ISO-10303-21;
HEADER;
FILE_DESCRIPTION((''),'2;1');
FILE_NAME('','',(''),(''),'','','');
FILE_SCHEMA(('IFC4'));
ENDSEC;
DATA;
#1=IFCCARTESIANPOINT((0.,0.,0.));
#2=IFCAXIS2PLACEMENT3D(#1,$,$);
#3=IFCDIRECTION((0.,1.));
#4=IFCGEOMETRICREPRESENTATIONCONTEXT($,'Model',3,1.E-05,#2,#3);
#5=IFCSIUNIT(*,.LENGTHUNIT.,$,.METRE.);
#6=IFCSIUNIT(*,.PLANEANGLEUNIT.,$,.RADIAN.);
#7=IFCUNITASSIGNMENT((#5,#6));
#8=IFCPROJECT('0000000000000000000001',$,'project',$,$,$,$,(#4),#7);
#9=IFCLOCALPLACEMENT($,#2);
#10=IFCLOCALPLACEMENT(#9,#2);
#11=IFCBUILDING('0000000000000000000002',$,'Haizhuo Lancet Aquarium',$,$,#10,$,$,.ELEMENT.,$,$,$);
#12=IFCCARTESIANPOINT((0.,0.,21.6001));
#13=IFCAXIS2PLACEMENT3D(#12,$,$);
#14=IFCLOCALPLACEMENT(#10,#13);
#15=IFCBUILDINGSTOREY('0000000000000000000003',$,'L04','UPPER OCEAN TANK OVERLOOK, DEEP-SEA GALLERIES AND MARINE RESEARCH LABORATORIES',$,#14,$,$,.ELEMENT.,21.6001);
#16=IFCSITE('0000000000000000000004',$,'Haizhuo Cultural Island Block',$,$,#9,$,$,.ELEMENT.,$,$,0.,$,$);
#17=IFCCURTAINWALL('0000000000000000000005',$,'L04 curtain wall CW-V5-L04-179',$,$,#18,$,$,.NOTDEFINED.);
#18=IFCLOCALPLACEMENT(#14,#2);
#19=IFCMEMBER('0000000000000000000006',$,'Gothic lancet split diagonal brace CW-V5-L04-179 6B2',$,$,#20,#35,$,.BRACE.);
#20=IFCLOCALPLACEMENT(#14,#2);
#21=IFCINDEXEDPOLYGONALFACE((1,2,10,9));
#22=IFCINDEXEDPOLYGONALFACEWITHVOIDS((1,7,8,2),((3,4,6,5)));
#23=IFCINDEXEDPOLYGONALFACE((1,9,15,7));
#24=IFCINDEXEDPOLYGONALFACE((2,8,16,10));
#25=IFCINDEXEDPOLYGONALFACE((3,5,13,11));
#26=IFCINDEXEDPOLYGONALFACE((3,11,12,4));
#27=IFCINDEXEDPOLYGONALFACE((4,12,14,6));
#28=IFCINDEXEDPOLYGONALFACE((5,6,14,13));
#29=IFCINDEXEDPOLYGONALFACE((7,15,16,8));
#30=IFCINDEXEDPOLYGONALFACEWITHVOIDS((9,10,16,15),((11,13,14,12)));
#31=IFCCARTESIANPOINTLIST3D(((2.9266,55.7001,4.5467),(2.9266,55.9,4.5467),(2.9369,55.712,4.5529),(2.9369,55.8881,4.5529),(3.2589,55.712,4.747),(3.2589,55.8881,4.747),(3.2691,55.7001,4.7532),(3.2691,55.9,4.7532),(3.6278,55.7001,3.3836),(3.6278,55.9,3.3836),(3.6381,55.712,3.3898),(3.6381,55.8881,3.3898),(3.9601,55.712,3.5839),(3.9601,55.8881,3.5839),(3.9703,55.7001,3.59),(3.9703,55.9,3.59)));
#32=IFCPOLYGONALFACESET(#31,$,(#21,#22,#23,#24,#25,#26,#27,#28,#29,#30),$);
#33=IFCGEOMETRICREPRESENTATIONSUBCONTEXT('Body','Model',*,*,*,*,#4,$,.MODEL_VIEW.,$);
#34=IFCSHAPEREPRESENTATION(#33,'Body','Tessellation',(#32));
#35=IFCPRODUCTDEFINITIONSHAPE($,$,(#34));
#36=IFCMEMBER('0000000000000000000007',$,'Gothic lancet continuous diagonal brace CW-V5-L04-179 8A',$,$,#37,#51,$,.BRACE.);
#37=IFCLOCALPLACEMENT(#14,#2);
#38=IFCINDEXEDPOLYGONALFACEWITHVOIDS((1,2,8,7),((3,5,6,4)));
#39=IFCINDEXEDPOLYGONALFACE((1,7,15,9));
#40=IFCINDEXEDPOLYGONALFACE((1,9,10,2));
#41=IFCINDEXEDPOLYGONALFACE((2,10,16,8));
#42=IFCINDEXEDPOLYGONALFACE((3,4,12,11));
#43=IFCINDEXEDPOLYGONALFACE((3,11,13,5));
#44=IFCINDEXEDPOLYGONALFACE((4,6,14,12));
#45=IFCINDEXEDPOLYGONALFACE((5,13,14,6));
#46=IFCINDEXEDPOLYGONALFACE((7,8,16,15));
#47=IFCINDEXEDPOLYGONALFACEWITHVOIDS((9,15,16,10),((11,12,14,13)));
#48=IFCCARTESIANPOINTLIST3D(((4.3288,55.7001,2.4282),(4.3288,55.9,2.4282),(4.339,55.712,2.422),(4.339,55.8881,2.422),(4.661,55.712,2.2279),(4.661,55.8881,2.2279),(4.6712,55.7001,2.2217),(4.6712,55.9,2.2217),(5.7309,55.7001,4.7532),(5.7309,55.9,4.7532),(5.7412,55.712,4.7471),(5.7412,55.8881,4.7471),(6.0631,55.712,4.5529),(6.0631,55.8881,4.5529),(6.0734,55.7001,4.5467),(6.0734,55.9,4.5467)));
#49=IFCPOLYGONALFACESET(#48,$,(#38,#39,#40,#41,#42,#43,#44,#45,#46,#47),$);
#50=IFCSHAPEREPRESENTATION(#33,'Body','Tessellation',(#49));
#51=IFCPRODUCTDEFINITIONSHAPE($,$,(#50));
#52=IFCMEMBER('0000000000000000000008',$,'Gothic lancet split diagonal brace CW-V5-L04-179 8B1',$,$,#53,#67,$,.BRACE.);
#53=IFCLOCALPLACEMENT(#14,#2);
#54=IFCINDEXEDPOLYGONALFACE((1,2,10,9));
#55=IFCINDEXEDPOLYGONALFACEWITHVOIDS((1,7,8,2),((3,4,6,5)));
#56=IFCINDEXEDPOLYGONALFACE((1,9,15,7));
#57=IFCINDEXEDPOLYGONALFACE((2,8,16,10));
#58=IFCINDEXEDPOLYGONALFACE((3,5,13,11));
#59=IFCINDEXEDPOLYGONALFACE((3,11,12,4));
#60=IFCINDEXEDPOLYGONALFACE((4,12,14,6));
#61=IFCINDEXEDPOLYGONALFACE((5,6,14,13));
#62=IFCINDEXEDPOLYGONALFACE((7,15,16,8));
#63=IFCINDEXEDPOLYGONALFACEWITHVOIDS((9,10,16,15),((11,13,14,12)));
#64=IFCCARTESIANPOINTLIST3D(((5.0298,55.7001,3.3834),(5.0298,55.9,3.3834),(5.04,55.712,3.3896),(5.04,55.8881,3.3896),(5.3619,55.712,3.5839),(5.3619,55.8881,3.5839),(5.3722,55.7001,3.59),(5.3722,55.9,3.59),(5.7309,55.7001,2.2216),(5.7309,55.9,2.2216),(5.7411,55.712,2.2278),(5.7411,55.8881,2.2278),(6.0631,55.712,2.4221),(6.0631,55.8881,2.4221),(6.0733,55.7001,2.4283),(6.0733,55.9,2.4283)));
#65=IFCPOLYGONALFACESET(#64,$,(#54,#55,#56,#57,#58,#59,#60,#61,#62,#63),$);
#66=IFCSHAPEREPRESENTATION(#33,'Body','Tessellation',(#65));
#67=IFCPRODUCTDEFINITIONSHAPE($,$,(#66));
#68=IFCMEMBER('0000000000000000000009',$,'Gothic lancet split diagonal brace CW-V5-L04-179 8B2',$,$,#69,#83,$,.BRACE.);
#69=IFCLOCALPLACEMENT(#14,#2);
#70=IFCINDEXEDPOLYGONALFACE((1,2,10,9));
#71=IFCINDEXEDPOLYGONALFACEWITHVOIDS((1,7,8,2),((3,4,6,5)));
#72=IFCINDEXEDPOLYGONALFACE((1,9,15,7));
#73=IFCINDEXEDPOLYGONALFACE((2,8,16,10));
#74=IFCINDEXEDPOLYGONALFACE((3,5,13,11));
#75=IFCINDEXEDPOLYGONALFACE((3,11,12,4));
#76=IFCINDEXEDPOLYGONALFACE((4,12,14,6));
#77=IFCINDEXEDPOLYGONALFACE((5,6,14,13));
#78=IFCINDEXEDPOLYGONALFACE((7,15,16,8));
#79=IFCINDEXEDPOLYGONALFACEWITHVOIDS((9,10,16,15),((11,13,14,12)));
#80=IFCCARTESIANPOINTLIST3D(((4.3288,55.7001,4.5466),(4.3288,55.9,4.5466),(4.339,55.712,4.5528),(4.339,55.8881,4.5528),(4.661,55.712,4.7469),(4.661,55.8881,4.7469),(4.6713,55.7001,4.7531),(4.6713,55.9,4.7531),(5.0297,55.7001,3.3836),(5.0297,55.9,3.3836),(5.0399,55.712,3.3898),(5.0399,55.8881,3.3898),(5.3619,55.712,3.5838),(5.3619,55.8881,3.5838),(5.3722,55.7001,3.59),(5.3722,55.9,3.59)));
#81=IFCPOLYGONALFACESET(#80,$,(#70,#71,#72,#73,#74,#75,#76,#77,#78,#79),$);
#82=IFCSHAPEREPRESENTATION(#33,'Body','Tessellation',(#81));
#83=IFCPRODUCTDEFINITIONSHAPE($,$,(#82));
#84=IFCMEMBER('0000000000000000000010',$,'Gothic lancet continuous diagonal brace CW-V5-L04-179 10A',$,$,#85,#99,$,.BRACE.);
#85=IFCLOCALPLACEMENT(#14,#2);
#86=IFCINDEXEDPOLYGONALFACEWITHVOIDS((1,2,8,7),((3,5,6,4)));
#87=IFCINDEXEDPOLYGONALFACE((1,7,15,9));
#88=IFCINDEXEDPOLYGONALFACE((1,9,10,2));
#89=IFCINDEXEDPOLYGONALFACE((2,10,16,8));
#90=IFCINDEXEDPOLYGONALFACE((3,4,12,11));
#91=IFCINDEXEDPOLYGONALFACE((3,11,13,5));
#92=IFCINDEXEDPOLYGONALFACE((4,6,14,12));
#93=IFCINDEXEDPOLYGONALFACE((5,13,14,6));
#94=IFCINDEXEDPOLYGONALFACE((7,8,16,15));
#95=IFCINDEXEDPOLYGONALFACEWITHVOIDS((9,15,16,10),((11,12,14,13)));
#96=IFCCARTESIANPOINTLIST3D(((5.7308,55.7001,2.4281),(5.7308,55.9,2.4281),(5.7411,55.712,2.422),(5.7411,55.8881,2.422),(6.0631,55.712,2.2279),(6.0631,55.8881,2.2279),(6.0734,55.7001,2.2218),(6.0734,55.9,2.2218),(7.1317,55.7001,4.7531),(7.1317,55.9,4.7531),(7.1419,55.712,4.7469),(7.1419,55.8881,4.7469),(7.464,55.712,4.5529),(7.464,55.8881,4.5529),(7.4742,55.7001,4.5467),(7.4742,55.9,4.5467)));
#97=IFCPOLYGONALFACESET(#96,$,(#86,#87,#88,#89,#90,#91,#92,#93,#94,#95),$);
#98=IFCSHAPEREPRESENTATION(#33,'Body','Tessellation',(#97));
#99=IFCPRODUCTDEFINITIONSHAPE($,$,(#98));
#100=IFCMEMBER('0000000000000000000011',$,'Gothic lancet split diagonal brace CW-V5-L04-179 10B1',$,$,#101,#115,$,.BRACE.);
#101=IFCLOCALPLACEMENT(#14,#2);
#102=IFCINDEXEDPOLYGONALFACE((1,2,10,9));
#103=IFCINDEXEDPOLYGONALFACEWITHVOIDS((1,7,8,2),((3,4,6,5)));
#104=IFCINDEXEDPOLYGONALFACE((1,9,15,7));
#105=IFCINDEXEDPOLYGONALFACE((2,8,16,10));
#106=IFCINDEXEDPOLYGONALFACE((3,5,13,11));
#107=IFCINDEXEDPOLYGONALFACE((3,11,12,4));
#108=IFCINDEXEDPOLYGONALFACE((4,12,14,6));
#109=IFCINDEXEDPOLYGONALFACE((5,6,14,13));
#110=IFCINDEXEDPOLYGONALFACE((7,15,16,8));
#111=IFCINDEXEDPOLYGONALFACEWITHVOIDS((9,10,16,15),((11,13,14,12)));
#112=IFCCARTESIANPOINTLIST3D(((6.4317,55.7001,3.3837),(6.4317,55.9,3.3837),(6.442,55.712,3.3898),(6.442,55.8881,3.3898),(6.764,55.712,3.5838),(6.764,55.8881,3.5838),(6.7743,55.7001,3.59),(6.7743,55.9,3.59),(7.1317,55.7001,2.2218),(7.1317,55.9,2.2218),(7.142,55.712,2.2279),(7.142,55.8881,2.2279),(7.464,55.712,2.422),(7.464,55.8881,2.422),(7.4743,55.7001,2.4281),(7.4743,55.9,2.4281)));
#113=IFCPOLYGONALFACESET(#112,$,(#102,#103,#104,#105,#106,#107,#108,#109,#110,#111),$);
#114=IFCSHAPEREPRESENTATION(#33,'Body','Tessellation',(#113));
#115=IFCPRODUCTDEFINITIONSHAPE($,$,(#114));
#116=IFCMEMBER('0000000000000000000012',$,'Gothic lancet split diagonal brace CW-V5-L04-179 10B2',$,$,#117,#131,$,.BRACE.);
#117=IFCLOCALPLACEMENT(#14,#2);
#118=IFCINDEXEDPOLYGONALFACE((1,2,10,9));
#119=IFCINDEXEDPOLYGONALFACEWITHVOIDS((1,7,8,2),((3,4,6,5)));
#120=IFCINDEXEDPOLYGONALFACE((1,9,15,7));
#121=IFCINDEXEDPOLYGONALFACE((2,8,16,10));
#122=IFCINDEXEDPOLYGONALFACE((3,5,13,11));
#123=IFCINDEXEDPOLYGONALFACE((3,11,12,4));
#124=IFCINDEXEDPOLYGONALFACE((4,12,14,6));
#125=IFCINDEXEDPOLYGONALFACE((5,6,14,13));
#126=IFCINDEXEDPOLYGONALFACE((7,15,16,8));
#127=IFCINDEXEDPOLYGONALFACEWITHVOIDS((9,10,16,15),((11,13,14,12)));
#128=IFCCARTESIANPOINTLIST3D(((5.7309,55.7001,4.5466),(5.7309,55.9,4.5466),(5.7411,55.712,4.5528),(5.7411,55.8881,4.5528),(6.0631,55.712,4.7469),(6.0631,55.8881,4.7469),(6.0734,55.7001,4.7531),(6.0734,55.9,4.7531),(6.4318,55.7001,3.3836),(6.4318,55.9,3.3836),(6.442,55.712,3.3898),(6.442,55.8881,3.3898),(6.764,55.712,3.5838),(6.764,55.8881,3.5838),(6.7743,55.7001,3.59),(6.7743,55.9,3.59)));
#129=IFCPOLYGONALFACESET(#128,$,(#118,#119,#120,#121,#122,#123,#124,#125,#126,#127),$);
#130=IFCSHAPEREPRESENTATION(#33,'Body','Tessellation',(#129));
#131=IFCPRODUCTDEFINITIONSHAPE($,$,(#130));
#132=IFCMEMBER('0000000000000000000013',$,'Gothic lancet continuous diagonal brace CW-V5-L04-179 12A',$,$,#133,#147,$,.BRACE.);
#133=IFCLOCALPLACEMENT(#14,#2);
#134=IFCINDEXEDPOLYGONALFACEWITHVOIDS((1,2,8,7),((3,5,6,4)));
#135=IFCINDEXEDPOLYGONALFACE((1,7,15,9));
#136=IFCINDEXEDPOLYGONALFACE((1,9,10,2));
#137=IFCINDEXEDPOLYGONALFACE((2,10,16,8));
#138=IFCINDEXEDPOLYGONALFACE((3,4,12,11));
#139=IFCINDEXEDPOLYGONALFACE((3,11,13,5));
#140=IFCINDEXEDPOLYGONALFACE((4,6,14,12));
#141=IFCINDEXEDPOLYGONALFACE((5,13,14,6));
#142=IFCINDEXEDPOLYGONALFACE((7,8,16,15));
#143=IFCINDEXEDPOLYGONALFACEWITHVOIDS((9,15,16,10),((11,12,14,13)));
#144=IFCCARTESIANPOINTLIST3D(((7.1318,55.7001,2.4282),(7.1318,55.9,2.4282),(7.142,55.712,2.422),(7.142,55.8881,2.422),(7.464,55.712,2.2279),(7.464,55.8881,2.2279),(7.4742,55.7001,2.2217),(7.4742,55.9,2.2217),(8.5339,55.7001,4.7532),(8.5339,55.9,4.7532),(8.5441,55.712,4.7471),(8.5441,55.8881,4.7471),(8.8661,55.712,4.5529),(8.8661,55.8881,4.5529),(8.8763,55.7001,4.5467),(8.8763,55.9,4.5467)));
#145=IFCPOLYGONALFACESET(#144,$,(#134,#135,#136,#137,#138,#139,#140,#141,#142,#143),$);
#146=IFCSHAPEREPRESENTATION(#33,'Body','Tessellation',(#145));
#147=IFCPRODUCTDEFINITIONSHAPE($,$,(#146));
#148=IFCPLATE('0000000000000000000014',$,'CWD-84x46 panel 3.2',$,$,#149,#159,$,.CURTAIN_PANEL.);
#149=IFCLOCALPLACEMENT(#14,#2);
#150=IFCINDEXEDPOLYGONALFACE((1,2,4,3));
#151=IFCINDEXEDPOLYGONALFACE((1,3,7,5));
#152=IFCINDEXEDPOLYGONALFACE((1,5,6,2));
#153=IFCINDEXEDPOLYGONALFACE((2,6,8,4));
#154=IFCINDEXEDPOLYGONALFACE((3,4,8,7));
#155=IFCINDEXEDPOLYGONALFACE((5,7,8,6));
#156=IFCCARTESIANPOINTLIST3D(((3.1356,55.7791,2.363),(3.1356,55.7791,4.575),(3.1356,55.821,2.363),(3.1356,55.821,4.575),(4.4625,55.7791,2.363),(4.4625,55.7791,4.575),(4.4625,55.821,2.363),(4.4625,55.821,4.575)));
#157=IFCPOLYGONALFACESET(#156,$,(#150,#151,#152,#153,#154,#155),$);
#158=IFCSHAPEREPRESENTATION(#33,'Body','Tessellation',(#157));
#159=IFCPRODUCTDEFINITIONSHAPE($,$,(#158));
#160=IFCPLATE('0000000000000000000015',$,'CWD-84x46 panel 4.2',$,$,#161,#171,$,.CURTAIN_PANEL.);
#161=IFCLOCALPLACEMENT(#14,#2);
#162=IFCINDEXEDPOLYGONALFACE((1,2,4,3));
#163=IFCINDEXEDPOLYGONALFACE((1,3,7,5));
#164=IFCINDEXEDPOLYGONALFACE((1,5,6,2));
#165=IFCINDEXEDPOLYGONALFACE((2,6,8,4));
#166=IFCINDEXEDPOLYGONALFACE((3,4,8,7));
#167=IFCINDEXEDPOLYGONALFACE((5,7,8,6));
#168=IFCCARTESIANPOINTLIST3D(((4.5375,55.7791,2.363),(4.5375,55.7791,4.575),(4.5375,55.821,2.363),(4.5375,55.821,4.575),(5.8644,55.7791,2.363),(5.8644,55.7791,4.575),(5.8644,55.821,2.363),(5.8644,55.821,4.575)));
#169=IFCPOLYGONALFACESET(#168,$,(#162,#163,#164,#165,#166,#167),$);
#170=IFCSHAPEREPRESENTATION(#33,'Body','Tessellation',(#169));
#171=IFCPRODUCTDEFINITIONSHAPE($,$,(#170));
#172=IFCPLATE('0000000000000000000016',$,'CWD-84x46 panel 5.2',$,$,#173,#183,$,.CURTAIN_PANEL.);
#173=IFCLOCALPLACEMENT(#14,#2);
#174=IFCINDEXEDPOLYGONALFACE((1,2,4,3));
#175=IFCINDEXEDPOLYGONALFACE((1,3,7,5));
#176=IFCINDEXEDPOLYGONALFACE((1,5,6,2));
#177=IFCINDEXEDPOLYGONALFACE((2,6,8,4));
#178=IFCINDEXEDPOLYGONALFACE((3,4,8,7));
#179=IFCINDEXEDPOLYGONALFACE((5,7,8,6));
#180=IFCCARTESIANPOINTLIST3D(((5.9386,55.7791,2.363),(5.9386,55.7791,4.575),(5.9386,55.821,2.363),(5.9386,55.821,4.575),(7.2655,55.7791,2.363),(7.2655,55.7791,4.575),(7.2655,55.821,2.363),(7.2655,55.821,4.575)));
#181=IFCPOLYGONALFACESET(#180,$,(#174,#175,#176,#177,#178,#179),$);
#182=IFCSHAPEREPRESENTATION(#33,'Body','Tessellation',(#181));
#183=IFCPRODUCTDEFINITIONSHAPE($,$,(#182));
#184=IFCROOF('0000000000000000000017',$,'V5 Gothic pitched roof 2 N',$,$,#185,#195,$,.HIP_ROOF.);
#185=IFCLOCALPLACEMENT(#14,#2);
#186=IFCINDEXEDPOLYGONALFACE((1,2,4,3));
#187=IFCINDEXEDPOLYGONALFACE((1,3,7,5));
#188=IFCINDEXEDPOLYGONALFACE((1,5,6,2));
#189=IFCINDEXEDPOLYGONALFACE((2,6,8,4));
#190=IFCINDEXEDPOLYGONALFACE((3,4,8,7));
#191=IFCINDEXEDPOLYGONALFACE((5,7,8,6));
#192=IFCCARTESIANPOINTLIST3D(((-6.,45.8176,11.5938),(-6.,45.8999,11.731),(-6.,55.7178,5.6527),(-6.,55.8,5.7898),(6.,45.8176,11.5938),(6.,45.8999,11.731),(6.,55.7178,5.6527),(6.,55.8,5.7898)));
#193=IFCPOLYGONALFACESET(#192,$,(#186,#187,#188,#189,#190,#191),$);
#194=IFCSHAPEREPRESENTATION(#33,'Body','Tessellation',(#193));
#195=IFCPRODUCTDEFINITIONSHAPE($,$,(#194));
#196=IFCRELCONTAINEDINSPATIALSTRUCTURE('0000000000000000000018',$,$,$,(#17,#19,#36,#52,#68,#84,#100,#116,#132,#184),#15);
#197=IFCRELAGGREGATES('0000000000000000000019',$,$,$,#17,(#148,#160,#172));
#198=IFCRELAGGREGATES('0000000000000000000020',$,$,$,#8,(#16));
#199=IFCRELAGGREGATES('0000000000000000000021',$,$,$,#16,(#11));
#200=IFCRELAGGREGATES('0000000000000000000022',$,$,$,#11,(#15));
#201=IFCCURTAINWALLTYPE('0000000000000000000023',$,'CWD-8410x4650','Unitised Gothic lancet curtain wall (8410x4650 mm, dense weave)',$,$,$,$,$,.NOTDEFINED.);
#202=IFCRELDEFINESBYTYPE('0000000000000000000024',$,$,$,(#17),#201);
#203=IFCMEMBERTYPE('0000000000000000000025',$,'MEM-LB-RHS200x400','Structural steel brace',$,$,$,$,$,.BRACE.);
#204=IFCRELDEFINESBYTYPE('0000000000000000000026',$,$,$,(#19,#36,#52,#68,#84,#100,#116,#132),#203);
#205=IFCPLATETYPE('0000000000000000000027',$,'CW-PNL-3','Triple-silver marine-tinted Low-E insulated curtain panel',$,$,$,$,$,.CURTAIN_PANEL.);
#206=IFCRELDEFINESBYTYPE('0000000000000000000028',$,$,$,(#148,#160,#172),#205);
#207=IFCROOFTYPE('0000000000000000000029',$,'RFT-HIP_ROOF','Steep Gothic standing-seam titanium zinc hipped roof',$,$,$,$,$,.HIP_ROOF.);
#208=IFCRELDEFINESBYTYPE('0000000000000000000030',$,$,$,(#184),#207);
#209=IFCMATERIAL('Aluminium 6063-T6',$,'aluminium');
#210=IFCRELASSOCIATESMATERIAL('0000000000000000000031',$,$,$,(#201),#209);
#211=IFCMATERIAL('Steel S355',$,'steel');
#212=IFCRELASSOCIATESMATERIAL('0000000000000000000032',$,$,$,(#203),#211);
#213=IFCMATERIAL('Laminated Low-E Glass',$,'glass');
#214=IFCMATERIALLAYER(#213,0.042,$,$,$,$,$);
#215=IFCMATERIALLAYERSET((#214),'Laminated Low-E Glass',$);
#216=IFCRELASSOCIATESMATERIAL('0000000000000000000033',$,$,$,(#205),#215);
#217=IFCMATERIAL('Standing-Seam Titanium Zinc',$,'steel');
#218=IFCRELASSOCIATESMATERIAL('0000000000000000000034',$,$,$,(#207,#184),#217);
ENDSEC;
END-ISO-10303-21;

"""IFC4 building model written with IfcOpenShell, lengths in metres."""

from ifc_helpers import new_model, si_unit, direction, frame, origin, origin_2d, place, context, subcontext, project, spatial, polyline, rectangle, hollow_rectangle, outline, extrude, material, layer, layer_set, material_profile, profile_set, type_object, element, aggregate, save


model = new_model("IFC4")

# Units and contexts
model_context = context("Model", 3, precision=1e-05, world=origin(), true_north=direction((0.0, 1.0)))
body_context = subcontext(model_context, "Body", "Model", "MODEL_VIEW")
ifc_project = project(units=[si_unit("LENGTHUNIT", "METRE"), si_unit("PLANEANGLEUNIT", "RADIAN")], contexts=[model_context])

# Site, building, storey
site_placement = place(None, origin())
site = spatial("IfcSite", under=ifc_project, at=site_placement, Name="Haizhuo Cultural Island Block", CompositionType="ELEMENT", RefElevation=0.0)
building_placement = place(site_placement, origin())
building = spatial("IfcBuilding", under=site, at=building_placement, Name="Haizhuo Lancet Aquarium", CompositionType="ELEMENT")
storey_placement = place(building_placement, frame((0.0, 0.0, 21.6001)))
storey = spatial("IfcBuildingStorey", under=building, at=storey_placement, Name="L04", Description="UPPER OCEAN TANK OVERLOOK, DEEP-SEA GALLERIES AND MARINE RESEARCH LABORATORIES", CompositionType="ELEMENT", Elevation=21.6001)

# Curtain wall
ifc_material_1 = material(Name="Aluminium 6063-T6", Category="aluminium")
curtain_wall_type = type_object("IfcCurtainWallType", Name="CWD-8410x4650", Description="Unitised Gothic lancet curtain wall (8410x4650 mm, dense weave)", PredefinedType="NOTDEFINED", material=ifc_material_1)
curtain_wall_placement = place(storey_placement, origin())
curtain_wall = element("IfcCurtainWall", 1, at=curtain_wall_placement, inside=storey, type_object=curtain_wall_type, Name="L04 curtain wall CW-V5-L04-179", PredefinedType="NOTDEFINED")

# Members
ifc_material_2 = material(Name="Steel S355", Category="steel")
ifc_material_profile_1 = material_profile(ifc_material_2, hollow_rectangle(XDim=0.2, YDim=0.3999, WallThickness=0.012, at=origin_2d()), Name="RHS 200x400x12")
ifc_profile_set_1 = profile_set([ifc_material_profile_1], Name="Steel S355")
member_type_1 = type_object("IfcMemberType", Name="MEM-LB-RHS200x400", Description="Structural steel brace", PredefinedType="BRACE", material=ifc_profile_set_1)
member_1_placement = place(storey_placement, frame((3.7991, 55.8, 3.4868), z_axis=(-0.516292, 0.0, 0.856412), x_axis=(0.0, -1.0, 0.0)))
element("IfcMember", 2, at=member_1_placement, inside=storey, type_object=member_type_1, Name="Gothic lancet split diagonal brace CW-V5-L04-179 6B2", PredefinedType="BRACE", context=body_context, shape_type="SweptSolid", body=[
    extrude(hollow_rectangle(XDim=0.2, YDim=0.3999, WallThickness=0.012, at=origin_2d()), origin(), (0.0, 0.0, 1.0), 1.3582),
])
member_2_placement = place(storey_placement, frame((4.5, 55.8, 2.325), z_axis=(0.516425, 0.0, 0.856332), x_axis=(0.0, 1.0, 0.0)))
element("IfcMember", 3, at=member_2_placement, inside=storey, type_object=member_type_1, Name="Gothic lancet continuous diagonal brace CW-V5-L04-179 8A", PredefinedType="BRACE", context=body_context, shape_type="SweptSolid", body=[
    extrude(hollow_rectangle(XDim=0.2, YDim=0.3999, WallThickness=0.012, at=origin_2d()), origin(), (0.0, 0.0, 1.0), 2.7151),
])
member_3_placement = place(storey_placement, frame((5.9021, 55.8, 2.325), z_axis=(-0.51669, 0.0, 0.856173), x_axis=(0.0, -1.0, 0.0)))
element("IfcMember", 4, at=member_3_placement, inside=storey, type_object=member_type_1, Name="Gothic lancet split diagonal brace CW-V5-L04-179 8B1", PredefinedType="BRACE", context=body_context, shape_type="SweptSolid", body=[
    extrude(hollow_rectangle(XDim=0.2, YDim=0.3999, WallThickness=0.012, at=origin_2d()), origin(), (0.0, 0.0, 1.0), 1.3569),
])
member_4_placement = place(storey_placement, frame((5.2009, 55.8, 3.4868), z_axis=(-0.51616, 0.0, 0.856492), x_axis=(0.0, -1.0, 0.0)))
element("IfcMember", 5, at=member_4_placement, inside=storey, type_object=member_type_1, Name="Gothic lancet split diagonal brace CW-V5-L04-179 8B2", PredefinedType="BRACE", context=body_context, shape_type="SweptSolid", body=[
    extrude(hollow_rectangle(XDim=0.2, YDim=0.3999, WallThickness=0.012, at=origin_2d()), origin(), (0.0, 0.0, 1.0), 1.3579),
])
member_5_placement = place(storey_placement, frame((5.9021, 55.8, 2.325), z_axis=(0.516095, 0.0, 0.856531), x_axis=(0.0, 1.0, 0.0)))
element("IfcMember", 6, at=member_5_placement, inside=storey, type_object=member_type_1, Name="Gothic lancet continuous diagonal brace CW-V5-L04-179 10A", PredefinedType="BRACE", context=body_context, shape_type="SweptSolid", body=[
    extrude(hollow_rectangle(XDim=0.2, YDim=0.3999, WallThickness=0.012, at=origin_2d()), origin(), (0.0, 0.0, 1.0), 2.7144),
])
member_6_placement = place(storey_placement, frame((7.303, 55.8, 2.325), z_axis=(-0.51603, 0.0, 0.85657), x_axis=(0.0, -1.0, 0.0)))
element("IfcMember", 7, at=member_6_placement, inside=storey, type_object=member_type_1, Name="Gothic lancet split diagonal brace CW-V5-L04-179 10B1", PredefinedType="BRACE", context=body_context, shape_type="SweptSolid", body=[
    extrude(hollow_rectangle(XDim=0.2, YDim=0.3999, WallThickness=0.012, at=origin_2d()), origin(), (0.0, 0.0, 1.0), 1.3564),
])
member_7_placement = place(storey_placement, frame((6.603, 55.8, 3.4868), z_axis=(-0.51616, 0.0, 0.856492), x_axis=(0.0, -1.0, 0.0)))
element("IfcMember", 8, at=member_7_placement, inside=storey, type_object=member_type_1, Name="Gothic lancet split diagonal brace CW-V5-L04-179 10B2", PredefinedType="BRACE", context=body_context, shape_type="SweptSolid", body=[
    extrude(hollow_rectangle(XDim=0.2, YDim=0.3999, WallThickness=0.012, at=origin_2d()), origin(), (0.0, 0.0, 1.0), 1.3579),
])
member_8_placement = place(storey_placement, frame((7.303, 55.8, 2.325), z_axis=(0.516425, 0.0, 0.856332), x_axis=(0.0, 1.0, 0.0)))
element("IfcMember", 9, at=member_8_placement, inside=storey, type_object=member_type_1, Name="Gothic lancet continuous diagonal brace CW-V5-L04-179 12A", PredefinedType="BRACE", context=body_context, shape_type="SweptSolid", body=[
    extrude(hollow_rectangle(XDim=0.2, YDim=0.3999, WallThickness=0.012, at=origin_2d()), origin(), (0.0, 0.0, 1.0), 2.7151),
])

# Plates
ifc_material_3 = material(Name="Laminated Low-E Glass", Category="glass")
ifc_layer = layer(ifc_material_3, 0.042)
ifc_layer_set = layer_set([ifc_layer], Name="Laminated Low-E Glass")
plate_type = type_object("IfcPlateType", Name="CW-PNL-3", Description="Triple-silver marine-tinted Low-E insulated curtain panel", PredefinedType="CURTAIN_PANEL", material=ifc_layer_set)
plate_1_placement = place(storey_placement, frame((3.7991, 55.8, 2.363), z_axis=(0.0, 0.0, 1.0), x_axis=(1.0, 0.0, 0.0)))
plate_1 = element("IfcPlate", 10, at=plate_1_placement, type_object=plate_type, Name="CWD-84x46 panel 3.2", PredefinedType="CURTAIN_PANEL", context=body_context, shape_type="SweptSolid", body=[
    extrude(rectangle(XDim=1.3269, YDim=0.042, at=origin_2d()), origin(), (0.0, 0.0, 1.0), 2.2119),
])
plate_2_placement = place(storey_placement, frame((5.2009, 55.8, 2.363), z_axis=(0.0, 0.0, 1.0), x_axis=(1.0, 0.0, 0.0)))
plate_2 = element("IfcPlate", 11, at=plate_2_placement, type_object=plate_type, Name="CWD-84x46 panel 4.2", PredefinedType="CURTAIN_PANEL", context=body_context, shape_type="SweptSolid", body=[
    extrude(rectangle(XDim=1.3269, YDim=0.042, at=origin_2d()), origin(), (0.0, 0.0, 1.0), 2.2119),
])
plate_3_placement = place(storey_placement, frame((6.6021, 55.8, 2.363), z_axis=(0.0, 0.0, 1.0), x_axis=(1.0, 0.0, 0.0)))
plate_3 = element("IfcPlate", 12, at=plate_3_placement, type_object=plate_type, Name="CWD-84x46 panel 5.2", PredefinedType="CURTAIN_PANEL", context=body_context, shape_type="SweptSolid", body=[
    extrude(rectangle(XDim=1.3269, YDim=0.042, at=origin_2d()), origin(), (0.0, 0.0, 1.0), 2.2119),
])
aggregate(curtain_wall, [plate_1, plate_2, plate_3])

# Roof
ifc_material_4 = material(Name="Standing-Seam Titanium Zinc", Category="steel")
roof_type = type_object("IfcRoofType", Name="RFT-HIP_ROOF", Description="Steep Gothic standing-seam titanium zinc hipped roof", PredefinedType="HIP_ROOF", material=ifc_material_4)
roof_placement = place(storey_placement, frame((6.0, 55.8, 5.7898), z_axis=(0.0, 0.514564, 0.857452), x_axis=(-1.0, 0.0, 0.0)))
element("IfcRoof", 13, at=roof_placement, inside=storey, type_object=roof_type, material=ifc_material_4, Name="V5 Gothic pitched roof 2 N", PredefinedType="HIP_ROOF", context=body_context, shape_type="SweptSolid", body=[
    extrude(outline(polyline([(0.0, 0.0), (12.0, 0.0), (12.0, 11.546), (0.0, 11.546), (0.0, 0.0)])), origin(), (0.0, 0.0, -1.0), 0.1599),
])

save(model, "model.ifc")
